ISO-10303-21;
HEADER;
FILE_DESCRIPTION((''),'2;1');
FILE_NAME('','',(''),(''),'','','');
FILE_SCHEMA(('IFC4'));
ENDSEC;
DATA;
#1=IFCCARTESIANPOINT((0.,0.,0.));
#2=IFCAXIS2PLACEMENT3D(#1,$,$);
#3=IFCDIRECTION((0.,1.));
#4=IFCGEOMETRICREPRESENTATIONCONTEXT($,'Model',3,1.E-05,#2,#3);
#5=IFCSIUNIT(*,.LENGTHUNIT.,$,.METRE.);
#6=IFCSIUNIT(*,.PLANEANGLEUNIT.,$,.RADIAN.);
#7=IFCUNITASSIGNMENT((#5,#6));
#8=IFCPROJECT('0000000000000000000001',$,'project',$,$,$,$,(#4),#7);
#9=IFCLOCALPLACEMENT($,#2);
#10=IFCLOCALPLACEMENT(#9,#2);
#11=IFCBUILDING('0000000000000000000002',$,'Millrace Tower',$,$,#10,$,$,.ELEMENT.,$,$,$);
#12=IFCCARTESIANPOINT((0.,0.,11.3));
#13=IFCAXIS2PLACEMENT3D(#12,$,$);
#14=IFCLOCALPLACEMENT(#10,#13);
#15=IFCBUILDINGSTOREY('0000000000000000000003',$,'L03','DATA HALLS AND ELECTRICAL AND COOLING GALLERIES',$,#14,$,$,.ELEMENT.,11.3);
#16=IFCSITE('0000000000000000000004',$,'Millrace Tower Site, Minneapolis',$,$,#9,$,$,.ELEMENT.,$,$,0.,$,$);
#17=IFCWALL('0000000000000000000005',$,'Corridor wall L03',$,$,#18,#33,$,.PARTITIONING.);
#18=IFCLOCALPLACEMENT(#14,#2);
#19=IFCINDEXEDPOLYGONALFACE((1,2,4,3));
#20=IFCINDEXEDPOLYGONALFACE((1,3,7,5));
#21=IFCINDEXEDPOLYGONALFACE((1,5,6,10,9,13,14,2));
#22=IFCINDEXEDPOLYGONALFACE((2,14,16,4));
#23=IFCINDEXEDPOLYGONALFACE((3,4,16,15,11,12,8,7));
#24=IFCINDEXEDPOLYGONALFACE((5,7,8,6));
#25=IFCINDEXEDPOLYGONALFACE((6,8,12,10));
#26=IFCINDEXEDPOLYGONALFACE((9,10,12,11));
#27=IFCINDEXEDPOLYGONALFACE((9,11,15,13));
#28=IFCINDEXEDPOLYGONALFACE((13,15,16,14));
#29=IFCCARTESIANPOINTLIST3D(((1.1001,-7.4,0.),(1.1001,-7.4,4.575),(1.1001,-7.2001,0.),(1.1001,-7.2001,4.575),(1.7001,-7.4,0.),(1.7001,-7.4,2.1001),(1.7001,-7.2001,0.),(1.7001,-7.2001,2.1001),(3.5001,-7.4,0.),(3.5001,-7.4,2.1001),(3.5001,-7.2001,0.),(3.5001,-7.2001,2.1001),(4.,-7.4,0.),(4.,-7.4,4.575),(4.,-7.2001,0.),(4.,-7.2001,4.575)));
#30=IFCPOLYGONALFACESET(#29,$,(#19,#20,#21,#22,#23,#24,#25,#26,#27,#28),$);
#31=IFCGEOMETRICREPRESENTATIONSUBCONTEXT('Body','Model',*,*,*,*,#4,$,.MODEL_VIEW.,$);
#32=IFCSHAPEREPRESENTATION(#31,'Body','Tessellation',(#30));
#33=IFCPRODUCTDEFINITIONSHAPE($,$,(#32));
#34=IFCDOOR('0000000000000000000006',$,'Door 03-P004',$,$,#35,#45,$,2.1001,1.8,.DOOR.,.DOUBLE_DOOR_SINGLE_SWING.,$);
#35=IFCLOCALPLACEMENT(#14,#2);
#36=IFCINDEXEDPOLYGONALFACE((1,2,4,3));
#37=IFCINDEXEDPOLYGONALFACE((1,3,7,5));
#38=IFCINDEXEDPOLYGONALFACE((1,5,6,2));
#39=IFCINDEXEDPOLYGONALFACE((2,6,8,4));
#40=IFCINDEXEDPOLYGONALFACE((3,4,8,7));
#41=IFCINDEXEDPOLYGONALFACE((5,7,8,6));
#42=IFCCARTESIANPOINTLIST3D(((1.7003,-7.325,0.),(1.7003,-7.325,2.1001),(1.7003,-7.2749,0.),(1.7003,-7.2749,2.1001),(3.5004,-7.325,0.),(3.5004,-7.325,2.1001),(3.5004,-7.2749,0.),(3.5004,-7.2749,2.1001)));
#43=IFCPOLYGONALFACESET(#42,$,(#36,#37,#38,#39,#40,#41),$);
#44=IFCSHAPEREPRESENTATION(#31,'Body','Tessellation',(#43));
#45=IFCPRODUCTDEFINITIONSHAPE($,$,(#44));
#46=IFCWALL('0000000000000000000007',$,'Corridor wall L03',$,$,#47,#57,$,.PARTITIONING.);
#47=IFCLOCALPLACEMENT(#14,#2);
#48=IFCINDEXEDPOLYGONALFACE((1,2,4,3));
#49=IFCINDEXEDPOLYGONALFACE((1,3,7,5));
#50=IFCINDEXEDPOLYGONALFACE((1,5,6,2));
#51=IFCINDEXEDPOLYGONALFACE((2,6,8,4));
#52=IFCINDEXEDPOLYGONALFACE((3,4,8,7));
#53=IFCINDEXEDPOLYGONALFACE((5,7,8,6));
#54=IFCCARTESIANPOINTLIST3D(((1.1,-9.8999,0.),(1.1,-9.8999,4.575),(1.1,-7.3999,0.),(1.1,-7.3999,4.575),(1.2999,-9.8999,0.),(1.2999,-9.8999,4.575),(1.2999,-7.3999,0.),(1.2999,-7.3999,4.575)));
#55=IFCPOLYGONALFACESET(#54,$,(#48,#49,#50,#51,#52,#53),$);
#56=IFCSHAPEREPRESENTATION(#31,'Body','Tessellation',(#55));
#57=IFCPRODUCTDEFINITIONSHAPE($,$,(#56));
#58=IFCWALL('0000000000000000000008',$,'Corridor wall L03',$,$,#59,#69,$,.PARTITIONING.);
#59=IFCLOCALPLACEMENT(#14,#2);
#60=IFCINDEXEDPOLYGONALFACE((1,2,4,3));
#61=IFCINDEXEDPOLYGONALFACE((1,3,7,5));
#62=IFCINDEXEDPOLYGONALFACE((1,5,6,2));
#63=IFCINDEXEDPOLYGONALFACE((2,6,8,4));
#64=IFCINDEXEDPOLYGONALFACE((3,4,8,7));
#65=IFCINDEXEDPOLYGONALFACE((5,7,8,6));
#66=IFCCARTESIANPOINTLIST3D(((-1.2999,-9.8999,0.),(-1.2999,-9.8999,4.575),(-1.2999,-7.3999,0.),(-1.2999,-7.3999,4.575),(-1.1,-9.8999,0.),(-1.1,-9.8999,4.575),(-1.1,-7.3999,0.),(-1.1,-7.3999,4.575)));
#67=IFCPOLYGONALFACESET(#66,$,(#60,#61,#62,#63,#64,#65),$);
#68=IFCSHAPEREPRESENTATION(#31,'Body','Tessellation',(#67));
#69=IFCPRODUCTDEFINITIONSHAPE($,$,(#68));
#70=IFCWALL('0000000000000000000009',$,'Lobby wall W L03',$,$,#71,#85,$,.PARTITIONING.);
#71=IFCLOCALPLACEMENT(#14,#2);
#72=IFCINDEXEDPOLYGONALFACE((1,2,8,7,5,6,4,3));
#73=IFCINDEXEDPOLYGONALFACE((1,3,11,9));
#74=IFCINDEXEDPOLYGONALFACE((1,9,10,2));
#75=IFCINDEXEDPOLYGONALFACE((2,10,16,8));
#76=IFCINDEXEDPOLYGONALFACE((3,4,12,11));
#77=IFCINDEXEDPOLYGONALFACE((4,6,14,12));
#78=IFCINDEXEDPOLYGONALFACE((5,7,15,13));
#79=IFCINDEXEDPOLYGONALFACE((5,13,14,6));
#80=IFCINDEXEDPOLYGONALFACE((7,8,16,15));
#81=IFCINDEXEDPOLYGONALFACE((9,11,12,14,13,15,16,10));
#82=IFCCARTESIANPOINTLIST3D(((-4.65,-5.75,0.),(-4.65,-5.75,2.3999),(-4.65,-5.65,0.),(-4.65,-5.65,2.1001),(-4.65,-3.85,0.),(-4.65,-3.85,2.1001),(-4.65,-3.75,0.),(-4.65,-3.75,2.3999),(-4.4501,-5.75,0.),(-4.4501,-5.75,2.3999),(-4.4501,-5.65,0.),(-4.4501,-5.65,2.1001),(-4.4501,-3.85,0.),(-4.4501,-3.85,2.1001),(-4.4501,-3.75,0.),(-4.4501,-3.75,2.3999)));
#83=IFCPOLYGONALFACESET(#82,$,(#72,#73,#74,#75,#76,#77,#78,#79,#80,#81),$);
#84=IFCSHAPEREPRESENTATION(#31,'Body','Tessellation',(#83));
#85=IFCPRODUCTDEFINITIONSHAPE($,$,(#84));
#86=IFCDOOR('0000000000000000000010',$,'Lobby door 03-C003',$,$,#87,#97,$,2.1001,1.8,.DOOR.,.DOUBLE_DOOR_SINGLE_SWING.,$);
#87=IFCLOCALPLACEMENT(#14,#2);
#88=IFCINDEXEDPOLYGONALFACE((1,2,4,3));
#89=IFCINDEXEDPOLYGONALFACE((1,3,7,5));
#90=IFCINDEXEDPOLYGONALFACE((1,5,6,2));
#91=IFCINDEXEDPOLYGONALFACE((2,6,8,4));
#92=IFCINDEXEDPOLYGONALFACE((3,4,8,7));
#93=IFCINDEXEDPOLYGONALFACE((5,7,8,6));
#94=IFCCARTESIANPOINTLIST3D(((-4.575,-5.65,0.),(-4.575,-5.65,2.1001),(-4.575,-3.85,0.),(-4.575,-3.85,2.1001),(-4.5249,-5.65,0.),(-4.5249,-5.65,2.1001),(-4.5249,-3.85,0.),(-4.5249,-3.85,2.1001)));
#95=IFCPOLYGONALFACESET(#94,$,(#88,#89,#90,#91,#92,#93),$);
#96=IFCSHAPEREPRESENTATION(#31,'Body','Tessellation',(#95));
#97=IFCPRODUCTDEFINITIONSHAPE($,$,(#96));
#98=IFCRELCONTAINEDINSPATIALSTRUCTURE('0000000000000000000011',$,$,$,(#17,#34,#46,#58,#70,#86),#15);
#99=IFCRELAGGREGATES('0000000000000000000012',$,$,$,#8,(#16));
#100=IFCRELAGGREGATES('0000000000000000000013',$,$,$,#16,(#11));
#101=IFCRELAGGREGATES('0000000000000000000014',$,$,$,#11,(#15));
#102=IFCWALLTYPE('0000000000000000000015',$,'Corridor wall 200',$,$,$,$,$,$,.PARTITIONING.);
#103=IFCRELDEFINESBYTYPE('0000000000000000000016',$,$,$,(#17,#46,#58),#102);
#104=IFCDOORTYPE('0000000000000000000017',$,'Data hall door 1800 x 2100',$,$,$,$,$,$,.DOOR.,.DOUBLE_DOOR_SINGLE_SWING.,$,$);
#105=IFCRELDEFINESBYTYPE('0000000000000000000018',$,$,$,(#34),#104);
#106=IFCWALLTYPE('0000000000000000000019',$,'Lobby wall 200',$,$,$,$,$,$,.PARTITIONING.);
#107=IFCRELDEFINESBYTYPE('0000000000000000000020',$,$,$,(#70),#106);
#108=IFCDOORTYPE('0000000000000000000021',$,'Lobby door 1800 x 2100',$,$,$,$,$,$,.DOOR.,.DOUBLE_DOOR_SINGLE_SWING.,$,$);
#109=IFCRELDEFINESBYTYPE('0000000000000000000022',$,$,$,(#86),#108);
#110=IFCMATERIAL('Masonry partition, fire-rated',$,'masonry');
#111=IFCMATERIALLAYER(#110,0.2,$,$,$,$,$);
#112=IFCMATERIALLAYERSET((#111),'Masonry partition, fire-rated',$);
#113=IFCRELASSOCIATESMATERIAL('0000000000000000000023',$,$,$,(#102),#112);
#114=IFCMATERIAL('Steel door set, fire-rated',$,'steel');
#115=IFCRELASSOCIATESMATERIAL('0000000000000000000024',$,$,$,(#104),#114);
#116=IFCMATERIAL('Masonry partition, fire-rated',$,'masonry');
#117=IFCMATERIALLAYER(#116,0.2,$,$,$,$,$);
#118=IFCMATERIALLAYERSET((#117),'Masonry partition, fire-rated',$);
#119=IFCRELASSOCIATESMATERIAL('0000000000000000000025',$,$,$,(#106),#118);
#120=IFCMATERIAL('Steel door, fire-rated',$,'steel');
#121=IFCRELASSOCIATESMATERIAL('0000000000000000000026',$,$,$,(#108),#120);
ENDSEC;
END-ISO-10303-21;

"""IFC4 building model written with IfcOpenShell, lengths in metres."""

from ifc_helpers import new_model, si_unit, direction, frame, frame_2d, origin, place, context, subcontext, project, spatial, rectangle, extrude, material, layer, layer_set, type_object, element, fill, save


model = new_model("IFC4")

# Units and contexts
model_context = context("Model", 3, precision=1e-05, world=origin(), true_north=direction((0.0, 1.0)))
body_context = subcontext(model_context, "Body", "Model", "MODEL_VIEW")
ifc_project = project(units=[si_unit("LENGTHUNIT", "METRE"), si_unit("PLANEANGLEUNIT", "RADIAN")], contexts=[model_context])

# Site, building, storey
site_placement = place(None, origin())
site = spatial("IfcSite", under=ifc_project, at=site_placement, Name="Millrace Tower Site, Minneapolis", CompositionType="ELEMENT", RefElevation=0.0)
building_placement = place(site_placement, origin())
building = spatial("IfcBuilding", under=site, at=building_placement, Name="Millrace Tower", CompositionType="ELEMENT")
storey_placement = place(building_placement, frame((0.0, 0.0, 11.3)))
storey = spatial("IfcBuildingStorey", under=building, at=storey_placement, Name="L03", Description="DATA HALLS AND ELECTRICAL AND COOLING GALLERIES", CompositionType="ELEMENT", Elevation=11.3)

# Shared definitions
ifc_material_1 = material(Name="Masonry partition, fire-rated", Category="masonry")
ifc_layer_1 = layer(ifc_material_1, 0.2)
ifc_layer_set_1 = layer_set([ifc_layer_1], Name="Masonry partition, fire-rated")
wall_type_1 = type_object("IfcWallType", Name="Corridor wall 200", PredefinedType="PARTITIONING", material=ifc_layer_set_1)

# Wall, opening, door
wall_1_placement = place(storey_placement, frame((1.1001, -7.3, 0.0), z_axis=(0.0, 0.0, 1.0), x_axis=(1.0, 0.0, 0.0)))
wall_1 = element("IfcWall", 1, at=wall_1_placement, inside=storey, type_object=wall_type_1, Name="Corridor wall L03", PredefinedType="PARTITIONING", context=body_context, shape_type="SweptSolid", body=[
    extrude(rectangle(XDim=2.8999, YDim=0.2, at=frame_2d((1.45, 0.0))), origin(), (0.0, 0.0, 1.0), 4.575),
])
opening_1_placement = place(wall_1_placement, frame((0.6001, 0.0, 0.0)))
opening_1 = element("IfcOpeningElement", 2, at=opening_1_placement, cuts=wall_1, PredefinedType="OPENING", context=body_context, shape_type="SweptSolid", body=[
    extrude(rectangle(XDim=1.8, YDim=2.1001, at=frame_2d((0.8999, 1.05))), frame((0.0, 0.1099, 0.0), z_axis=(0.0, -1.0, 0.0), x_axis=(1.0, 0.0, 0.0)), (0.0, 0.0, 1.0), 0.22),
])
ifc_material_2 = material(Name="Steel door set, fire-rated", Category="steel")
door_type_1 = type_object("IfcDoorType", Name="Data hall door 1800 x 2100", OperationType="DOUBLE_DOOR_SINGLE_SWING", PredefinedType="DOOR", material=ifc_material_2)
door_1_placement = place(opening_1_placement, frame((1.8, 0.0, 0.0), z_axis=(0.0, 0.0, 1.0), x_axis=(-1.0, 0.0, 0.0)))
door_1 = element("IfcDoor", 3, at=door_1_placement, inside=storey, type_object=door_type_1, Name="Door 03-P004", OperationType="DOUBLE_DOOR_SINGLE_SWING", OverallHeight=2.1001, OverallWidth=1.8, PredefinedType="DOOR", context=body_context, shape_type="SweptSolid", body=[
    extrude(rectangle(XDim=1.8, YDim=2.1001, at=frame_2d((0.8999, 1.05))), frame((0.0, 0.0249, 0.0), z_axis=(0.0, -1.0, 0.0), x_axis=(1.0, 0.0, 0.0)), (0.0, 0.0, 1.0), 0.05),
])
fill(opening_1, door_1)

# Walls
for number, where, z_axis, x_axis, name in (
    (4, (1.2, -9.8999, 0.0), (0.0, 0.0, 1.0), (0.0, 1.0, 0.0), "Corridor wall L03"),
    (5, (-1.2, -9.8999, 0.0), (0.0, 0.0, 1.0), (0.0, 1.0, 0.0), "Corridor wall L03"),
):
    element("IfcWall", number, at=place(storey_placement, frame(where, z_axis=z_axis, x_axis=x_axis)), inside=storey, type_object=wall_type_1, Name=name, PredefinedType="PARTITIONING", context=body_context, shape_type="SweptSolid", body=[
        extrude(rectangle(XDim=2.5, YDim=0.2, at=frame_2d((1.25, 0.0))), origin(), (0.0, 0.0, 1.0), 4.575),
    ])

# Wall, opening, door
ifc_material_3 = material(Name="Masonry partition, fire-rated", Category="masonry")
ifc_layer_2 = layer(ifc_material_3, 0.2)
ifc_layer_set_2 = layer_set([ifc_layer_2], Name="Masonry partition, fire-rated")
wall_type_2 = type_object("IfcWallType", Name="Lobby wall 200", PredefinedType="PARTITIONING", material=ifc_layer_set_2)
wall_2_placement = place(storey_placement, frame((-4.55, -5.75, 0.0), z_axis=(0.0, 0.0, 1.0), x_axis=(0.0, 1.0, 0.0)))
wall_2 = element("IfcWall", 6, at=wall_2_placement, inside=storey, type_object=wall_type_2, Name="Lobby wall W L03", PredefinedType="PARTITIONING", context=body_context, shape_type="SweptSolid", body=[
    extrude(rectangle(XDim=2.0, YDim=0.2, at=frame_2d((1.0, 0.0))), origin(), (0.0, 0.0, 1.0), 2.3999),
])
opening_2_placement = place(wall_2_placement, frame((0.1001, 0.0, 0.0)))
opening_2 = element("IfcOpeningElement", 7, at=opening_2_placement, cuts=wall_2, PredefinedType="OPENING", context=body_context, shape_type="SweptSolid", body=[
    extrude(rectangle(XDim=1.8, YDim=2.1001, at=frame_2d((0.8999, 1.05))), frame((0.0, 0.1099, 0.0), z_axis=(0.0, -1.0, 0.0), x_axis=(1.0, 0.0, 0.0)), (0.0, 0.0, 1.0), 0.22),
])
ifc_material_4 = material(Name="Steel door, fire-rated", Category="steel")
door_type_2 = type_object("IfcDoorType", Name="Lobby door 1800 x 2100", OperationType="DOUBLE_DOOR_SINGLE_SWING", PredefinedType="DOOR", material=ifc_material_4)
door_2_placement = place(opening_2_placement, origin())
door_2 = element("IfcDoor", 8, at=door_2_placement, inside=storey, type_object=door_type_2, Name="Lobby door 03-C003", OperationType="DOUBLE_DOOR_SINGLE_SWING", OverallHeight=2.1001, OverallWidth=1.8, PredefinedType="DOOR", context=body_context, shape_type="SweptSolid", body=[
    extrude(rectangle(XDim=1.8, YDim=2.1001, at=frame_2d((0.8999, 1.05))), frame((0.0, 0.0249, 0.0), z_axis=(0.0, -1.0, 0.0), x_axis=(1.0, 0.0, 0.0)), (0.0, 0.0, 1.0), 0.05),
])
fill(opening_2, door_2)

save(model, "model.ifc")
